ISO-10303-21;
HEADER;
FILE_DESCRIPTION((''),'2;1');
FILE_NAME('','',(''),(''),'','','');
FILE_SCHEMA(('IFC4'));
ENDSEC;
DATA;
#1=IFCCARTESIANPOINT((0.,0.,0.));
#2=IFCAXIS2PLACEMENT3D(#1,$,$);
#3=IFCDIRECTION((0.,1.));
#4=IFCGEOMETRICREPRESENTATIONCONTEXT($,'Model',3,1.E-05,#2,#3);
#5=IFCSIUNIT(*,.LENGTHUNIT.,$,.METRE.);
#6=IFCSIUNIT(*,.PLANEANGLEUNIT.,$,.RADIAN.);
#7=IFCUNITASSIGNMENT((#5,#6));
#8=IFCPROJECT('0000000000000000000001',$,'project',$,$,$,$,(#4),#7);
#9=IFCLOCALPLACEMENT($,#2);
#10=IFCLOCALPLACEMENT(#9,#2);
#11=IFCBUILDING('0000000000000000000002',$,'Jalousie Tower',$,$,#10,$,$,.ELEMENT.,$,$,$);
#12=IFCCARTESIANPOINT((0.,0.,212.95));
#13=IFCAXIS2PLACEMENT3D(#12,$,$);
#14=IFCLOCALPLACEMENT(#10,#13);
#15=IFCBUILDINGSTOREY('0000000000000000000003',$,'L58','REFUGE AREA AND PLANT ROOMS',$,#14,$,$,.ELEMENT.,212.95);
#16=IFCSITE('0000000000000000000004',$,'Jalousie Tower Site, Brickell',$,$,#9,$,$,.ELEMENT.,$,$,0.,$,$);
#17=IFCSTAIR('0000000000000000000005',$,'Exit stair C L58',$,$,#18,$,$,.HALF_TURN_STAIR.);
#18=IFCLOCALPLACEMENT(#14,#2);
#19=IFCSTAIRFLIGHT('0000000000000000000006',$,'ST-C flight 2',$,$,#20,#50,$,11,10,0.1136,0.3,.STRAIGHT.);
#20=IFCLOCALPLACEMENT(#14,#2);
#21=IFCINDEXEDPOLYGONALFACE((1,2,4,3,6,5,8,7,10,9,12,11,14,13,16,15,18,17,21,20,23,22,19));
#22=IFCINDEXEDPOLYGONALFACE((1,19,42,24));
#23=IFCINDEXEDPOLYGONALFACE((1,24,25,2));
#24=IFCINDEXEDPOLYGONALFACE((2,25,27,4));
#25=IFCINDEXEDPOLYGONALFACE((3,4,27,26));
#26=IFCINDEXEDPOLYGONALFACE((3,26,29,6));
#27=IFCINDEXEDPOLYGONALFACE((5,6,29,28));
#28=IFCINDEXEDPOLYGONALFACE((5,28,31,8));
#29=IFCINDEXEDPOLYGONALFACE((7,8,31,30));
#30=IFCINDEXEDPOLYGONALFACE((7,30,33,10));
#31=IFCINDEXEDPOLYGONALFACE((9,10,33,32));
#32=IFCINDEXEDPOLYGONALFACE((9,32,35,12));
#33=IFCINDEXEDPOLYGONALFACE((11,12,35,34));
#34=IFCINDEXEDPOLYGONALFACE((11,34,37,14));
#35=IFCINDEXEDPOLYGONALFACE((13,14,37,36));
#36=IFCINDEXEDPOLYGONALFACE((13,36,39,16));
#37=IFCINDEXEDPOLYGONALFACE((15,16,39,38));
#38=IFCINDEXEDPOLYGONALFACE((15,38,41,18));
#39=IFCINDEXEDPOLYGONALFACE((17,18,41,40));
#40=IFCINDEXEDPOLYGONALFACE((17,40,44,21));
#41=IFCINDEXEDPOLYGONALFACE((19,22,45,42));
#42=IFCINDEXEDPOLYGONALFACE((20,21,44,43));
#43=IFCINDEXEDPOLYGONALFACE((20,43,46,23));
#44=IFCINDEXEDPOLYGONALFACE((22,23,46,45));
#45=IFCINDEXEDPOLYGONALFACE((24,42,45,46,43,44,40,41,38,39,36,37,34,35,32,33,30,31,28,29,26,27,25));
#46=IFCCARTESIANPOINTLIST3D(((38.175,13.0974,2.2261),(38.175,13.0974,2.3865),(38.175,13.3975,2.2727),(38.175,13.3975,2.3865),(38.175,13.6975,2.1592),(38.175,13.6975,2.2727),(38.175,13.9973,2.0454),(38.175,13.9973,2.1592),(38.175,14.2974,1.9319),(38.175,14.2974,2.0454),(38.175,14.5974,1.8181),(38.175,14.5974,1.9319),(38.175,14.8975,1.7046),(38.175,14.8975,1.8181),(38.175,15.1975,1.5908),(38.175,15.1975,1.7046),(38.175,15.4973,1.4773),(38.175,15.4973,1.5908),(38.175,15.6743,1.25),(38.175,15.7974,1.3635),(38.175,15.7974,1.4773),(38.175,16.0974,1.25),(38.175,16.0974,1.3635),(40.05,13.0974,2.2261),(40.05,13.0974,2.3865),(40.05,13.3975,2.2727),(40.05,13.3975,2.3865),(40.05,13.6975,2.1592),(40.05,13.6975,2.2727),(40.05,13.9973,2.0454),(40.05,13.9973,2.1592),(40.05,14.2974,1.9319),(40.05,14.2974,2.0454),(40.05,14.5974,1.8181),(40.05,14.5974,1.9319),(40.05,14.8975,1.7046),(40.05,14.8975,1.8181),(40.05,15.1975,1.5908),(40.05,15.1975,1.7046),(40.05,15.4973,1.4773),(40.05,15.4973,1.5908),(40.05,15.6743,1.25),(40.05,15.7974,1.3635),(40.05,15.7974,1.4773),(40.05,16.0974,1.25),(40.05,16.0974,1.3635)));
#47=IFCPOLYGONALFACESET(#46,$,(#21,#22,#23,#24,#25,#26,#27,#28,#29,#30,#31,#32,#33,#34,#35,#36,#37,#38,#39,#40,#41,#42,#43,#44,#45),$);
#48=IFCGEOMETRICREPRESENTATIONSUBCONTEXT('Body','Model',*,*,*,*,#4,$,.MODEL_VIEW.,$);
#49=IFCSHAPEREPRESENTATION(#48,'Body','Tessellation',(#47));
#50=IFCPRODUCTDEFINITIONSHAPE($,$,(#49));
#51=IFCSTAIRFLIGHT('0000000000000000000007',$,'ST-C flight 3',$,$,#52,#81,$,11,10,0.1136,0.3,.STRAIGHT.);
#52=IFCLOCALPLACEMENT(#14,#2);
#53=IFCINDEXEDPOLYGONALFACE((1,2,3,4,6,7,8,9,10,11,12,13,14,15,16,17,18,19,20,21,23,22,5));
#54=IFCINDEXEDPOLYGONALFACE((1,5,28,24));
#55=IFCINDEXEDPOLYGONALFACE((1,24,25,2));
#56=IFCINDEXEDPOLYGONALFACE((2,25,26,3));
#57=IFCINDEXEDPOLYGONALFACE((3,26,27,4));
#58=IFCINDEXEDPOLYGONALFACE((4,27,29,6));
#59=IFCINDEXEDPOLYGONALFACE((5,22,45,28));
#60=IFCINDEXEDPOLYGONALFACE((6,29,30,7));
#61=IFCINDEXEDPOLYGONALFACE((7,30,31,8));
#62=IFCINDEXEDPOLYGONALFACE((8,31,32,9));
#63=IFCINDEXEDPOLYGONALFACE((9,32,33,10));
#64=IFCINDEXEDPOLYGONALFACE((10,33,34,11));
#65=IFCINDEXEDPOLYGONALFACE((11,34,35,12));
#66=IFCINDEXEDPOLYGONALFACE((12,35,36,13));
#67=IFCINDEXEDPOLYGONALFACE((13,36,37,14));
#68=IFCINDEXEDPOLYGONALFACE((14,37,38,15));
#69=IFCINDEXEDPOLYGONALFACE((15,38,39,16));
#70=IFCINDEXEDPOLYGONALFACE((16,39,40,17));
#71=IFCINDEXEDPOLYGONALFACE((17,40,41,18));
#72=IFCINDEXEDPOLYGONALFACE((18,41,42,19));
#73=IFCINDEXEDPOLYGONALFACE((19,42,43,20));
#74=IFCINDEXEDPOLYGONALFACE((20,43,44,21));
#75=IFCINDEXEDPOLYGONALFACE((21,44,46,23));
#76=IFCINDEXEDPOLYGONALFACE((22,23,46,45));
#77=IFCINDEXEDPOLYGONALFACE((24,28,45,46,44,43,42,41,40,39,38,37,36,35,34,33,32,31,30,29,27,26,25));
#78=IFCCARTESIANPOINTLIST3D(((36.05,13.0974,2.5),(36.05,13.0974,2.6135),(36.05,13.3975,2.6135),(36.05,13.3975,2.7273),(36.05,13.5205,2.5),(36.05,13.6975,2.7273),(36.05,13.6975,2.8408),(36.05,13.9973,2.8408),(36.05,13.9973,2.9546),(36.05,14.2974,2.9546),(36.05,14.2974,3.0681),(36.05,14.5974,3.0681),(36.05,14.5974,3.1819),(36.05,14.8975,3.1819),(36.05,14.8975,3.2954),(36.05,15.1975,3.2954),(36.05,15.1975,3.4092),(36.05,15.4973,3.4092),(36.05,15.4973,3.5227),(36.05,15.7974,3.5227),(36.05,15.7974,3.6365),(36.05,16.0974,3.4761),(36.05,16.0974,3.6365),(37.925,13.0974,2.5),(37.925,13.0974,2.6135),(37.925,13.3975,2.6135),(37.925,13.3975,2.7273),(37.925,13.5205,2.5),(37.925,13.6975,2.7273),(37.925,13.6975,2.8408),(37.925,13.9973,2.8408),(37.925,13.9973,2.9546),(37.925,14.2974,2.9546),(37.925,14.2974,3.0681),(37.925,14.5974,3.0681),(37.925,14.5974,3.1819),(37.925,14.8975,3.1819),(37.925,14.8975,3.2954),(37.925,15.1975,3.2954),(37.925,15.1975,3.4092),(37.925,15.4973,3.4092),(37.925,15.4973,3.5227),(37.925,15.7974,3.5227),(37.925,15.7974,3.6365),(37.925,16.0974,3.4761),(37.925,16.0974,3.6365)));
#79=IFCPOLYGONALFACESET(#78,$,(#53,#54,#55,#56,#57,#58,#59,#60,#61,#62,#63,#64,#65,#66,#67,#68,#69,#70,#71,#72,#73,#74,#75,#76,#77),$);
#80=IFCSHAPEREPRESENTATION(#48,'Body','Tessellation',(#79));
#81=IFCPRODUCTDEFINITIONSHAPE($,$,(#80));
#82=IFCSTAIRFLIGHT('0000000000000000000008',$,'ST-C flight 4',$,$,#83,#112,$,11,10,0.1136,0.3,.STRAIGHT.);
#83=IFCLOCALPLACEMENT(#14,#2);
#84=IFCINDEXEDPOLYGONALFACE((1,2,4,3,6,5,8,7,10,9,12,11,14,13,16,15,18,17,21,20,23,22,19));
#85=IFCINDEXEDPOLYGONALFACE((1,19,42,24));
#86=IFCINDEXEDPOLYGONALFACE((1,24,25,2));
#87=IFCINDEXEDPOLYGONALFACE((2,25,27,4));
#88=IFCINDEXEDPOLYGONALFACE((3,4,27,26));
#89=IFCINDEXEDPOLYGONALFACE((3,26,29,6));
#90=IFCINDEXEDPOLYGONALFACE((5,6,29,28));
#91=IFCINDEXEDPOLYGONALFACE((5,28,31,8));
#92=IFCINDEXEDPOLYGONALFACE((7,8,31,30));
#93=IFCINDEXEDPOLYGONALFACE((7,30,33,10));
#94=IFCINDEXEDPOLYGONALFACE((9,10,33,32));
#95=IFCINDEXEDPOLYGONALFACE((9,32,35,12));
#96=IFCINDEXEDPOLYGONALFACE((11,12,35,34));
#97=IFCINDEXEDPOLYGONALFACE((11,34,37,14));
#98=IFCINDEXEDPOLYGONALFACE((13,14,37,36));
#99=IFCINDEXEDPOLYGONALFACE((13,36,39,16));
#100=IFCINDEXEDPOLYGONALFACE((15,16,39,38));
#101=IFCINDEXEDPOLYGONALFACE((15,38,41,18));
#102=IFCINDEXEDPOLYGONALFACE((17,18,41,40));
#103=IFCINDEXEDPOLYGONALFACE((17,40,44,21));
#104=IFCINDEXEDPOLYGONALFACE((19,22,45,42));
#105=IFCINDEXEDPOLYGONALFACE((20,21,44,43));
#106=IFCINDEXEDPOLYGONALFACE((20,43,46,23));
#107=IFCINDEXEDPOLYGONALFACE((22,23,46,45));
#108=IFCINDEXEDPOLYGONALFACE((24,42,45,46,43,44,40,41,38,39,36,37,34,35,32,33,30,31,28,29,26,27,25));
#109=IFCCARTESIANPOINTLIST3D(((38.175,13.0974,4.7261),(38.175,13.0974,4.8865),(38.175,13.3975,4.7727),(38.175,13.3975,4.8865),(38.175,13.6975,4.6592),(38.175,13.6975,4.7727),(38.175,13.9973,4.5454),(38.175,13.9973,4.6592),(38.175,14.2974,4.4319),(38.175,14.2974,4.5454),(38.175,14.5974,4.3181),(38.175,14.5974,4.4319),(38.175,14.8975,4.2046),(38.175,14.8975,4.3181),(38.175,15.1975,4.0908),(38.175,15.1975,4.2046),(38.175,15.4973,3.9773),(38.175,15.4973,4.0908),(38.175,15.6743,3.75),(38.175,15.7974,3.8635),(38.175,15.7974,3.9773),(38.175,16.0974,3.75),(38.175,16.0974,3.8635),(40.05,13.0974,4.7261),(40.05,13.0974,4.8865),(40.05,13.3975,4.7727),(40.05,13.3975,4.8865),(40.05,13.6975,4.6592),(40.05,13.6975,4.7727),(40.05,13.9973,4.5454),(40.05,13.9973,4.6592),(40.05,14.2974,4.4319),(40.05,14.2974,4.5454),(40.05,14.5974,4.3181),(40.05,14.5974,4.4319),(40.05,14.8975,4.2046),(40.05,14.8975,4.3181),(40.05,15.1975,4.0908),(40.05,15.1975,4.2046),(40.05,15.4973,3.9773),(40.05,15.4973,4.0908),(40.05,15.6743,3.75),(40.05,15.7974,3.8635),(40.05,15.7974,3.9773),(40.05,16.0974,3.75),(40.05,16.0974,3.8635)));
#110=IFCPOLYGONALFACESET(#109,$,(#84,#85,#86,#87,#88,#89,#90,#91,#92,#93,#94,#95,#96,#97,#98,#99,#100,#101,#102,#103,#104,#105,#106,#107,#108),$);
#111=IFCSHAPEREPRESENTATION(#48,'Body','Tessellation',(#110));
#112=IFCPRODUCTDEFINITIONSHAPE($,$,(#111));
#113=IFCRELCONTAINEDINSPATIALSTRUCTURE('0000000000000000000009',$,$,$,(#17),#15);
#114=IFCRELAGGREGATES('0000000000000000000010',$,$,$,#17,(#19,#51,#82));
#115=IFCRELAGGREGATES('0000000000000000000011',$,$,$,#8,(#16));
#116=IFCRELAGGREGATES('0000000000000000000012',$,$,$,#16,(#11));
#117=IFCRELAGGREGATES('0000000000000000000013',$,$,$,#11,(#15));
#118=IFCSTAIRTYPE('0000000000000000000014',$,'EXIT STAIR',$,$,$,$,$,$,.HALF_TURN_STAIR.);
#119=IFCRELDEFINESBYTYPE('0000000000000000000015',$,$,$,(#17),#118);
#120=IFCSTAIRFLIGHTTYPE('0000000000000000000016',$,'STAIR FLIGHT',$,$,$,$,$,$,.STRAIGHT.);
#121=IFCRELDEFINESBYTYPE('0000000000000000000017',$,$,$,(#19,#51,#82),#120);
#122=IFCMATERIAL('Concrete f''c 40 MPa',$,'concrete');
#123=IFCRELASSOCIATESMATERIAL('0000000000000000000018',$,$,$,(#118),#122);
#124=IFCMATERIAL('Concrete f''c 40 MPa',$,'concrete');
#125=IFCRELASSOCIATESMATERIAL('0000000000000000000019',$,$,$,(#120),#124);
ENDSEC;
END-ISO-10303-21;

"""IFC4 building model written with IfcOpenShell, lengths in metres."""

from ifc_helpers import new_model, si_unit, direction, frame, origin, place, context, subcontext, project, spatial, polyline, outline, extrude, material, type_object, element, aggregate, save


model = new_model("IFC4")

# Units and contexts
model_context = context("Model", 3, precision=1e-05, world=origin(), true_north=direction((0.0, 1.0)))
body_context = subcontext(model_context, "Body", "Model", "MODEL_VIEW")
ifc_project = project(units=[si_unit("LENGTHUNIT", "METRE"), si_unit("PLANEANGLEUNIT", "RADIAN")], contexts=[model_context])

# Site, building, storey
site_placement = place(None, origin())
site = spatial("IfcSite", under=ifc_project, at=site_placement, Name="Jalousie Tower Site, Brickell", CompositionType="ELEMENT", RefElevation=0.0)
building_placement = place(site_placement, origin())
building = spatial("IfcBuilding", under=site, at=building_placement, Name="Jalousie Tower", CompositionType="ELEMENT")
storey_placement = place(building_placement, frame((0.0, 0.0, 212.95)))
storey = spatial("IfcBuildingStorey", under=building, at=storey_placement, Name="L58", Description="REFUGE AREA AND PLANT ROOMS", CompositionType="ELEMENT", Elevation=212.95)

# Stair, stair flights
ifc_material_1 = material(Name="Concrete f'c 40 MPa", Category="concrete")
stair_type = type_object("IfcStairType", Name="EXIT STAIR", PredefinedType="HALF_TURN_STAIR", material=ifc_material_1)
stair_placement = place(storey_placement, origin())
stair = element("IfcStair", 1, at=stair_placement, inside=storey, type_object=stair_type, Name="Exit stair C L58", PredefinedType="HALF_TURN_STAIR")
ifc_material_2 = material(Name="Concrete f'c 40 MPa", Category="concrete")
stair_flight_type = type_object("IfcStairFlightType", Name="STAIR FLIGHT", PredefinedType="STRAIGHT", material=ifc_material_2)
stair_flight_1_placement = place(storey_placement, frame((39.1125, 16.0974, 1.25), z_axis=(0.0, 0.0, 1.0), x_axis=(0.0, -1.0, 0.0)))
stair_flight_1 = element("IfcStairFlight", 2, at=stair_flight_1_placement, type_object=stair_flight_type, Name="ST-C flight 2", NumberOfRisers=11, NumberOfTreads=10, PredefinedType="STRAIGHT", RiserHeight=0.1136, TreadLength=0.3, context=body_context, shape_type="SweptSolid", body=[
    extrude(outline(polyline([(0.0, 0.0), (0.0, 0.1135), (0.3, 0.1135), (0.3, 0.2273), (0.6001, 0.2273), (0.6001, 0.3408), (0.8999, 0.3408), (0.8999, 0.4546), (1.2, 0.4546), (1.2, 0.5681), (1.5, 0.5681), (1.5, 0.6819), (1.8, 0.6819), (1.8, 0.7954), (2.1001, 0.7954), (2.1001, 0.9092), (2.3999, 0.9092), (2.3999, 1.0227), (2.7, 1.0227), (2.7, 1.1365), (3.0, 1.1365), (3.0, 1.25), (3.0, 0.9761), (0.4231, 0.0), (0.0, 0.0)])), frame((0.0, 0.9375, 0.0), z_axis=(0.0, -1.0, 0.0), x_axis=(1.0, 0.0, 0.0)), (0.0, 0.0, 1.0), 1.875),
])
stair_flight_2_placement = place(storey_placement, frame((36.9875, 13.0974, 2.5), z_axis=(0.0, 0.0, 1.0), x_axis=(0.0, 1.0, 0.0)))
stair_flight_2 = element("IfcStairFlight", 3, at=stair_flight_2_placement, type_object=stair_flight_type, Name="ST-C flight 3", NumberOfRisers=11, NumberOfTreads=10, PredefinedType="STRAIGHT", RiserHeight=0.1136, TreadLength=0.3, context=body_context, shape_type="SweptSolid", body=[
    extrude(outline(polyline([(0.0, 0.0), (0.0, 0.1135), (0.3, 0.1135), (0.3, 0.2273), (0.6001, 0.2273), (0.6001, 0.3408), (0.8999, 0.3408), (0.8999, 0.4546), (1.2, 0.4546), (1.2, 0.5681), (1.5, 0.5681), (1.5, 0.6819), (1.8, 0.6819), (1.8, 0.7954), (2.1001, 0.7954), (2.1001, 0.9092), (2.3999, 0.9092), (2.3999, 1.0227), (2.7, 1.0227), (2.7, 1.1365), (3.0, 1.1365), (3.0, 1.25), (3.0, 0.9761), (0.4231, 0.0), (0.0, 0.0)])), frame((0.0, 0.9375, 0.0), z_axis=(0.0, -1.0, 0.0), x_axis=(1.0, 0.0, 0.0)), (0.0, 0.0, 1.0), 1.875),
])
stair_flight_3_placement = place(storey_placement, frame((39.1125, 16.0974, 3.75), z_axis=(0.0, 0.0, 1.0), x_axis=(0.0, -1.0, 0.0)))
stair_flight_3 = element("IfcStairFlight", 4, at=stair_flight_3_placement, type_object=stair_flight_type, Name="ST-C flight 4", NumberOfRisers=11, NumberOfTreads=10, PredefinedType="STRAIGHT", RiserHeight=0.1136, TreadLength=0.3, context=body_context, shape_type="SweptSolid", body=[
    extrude(outline(polyline([(0.0, 0.0), (0.0, 0.1135), (0.3, 0.1135), (0.3, 0.2273), (0.6001, 0.2273), (0.6001, 0.3408), (0.8999, 0.3408), (0.8999, 0.4546), (1.2, 0.4546), (1.2, 0.5681), (1.5, 0.5681), (1.5, 0.6819), (1.8, 0.6819), (1.8, 0.7954), (2.1001, 0.7954), (2.1001, 0.9092), (2.3999, 0.9092), (2.3999, 1.0227), (2.7, 1.0227), (2.7, 1.1365), (3.0, 1.1365), (3.0, 1.25), (3.0, 0.9761), (0.4231, 0.0), (0.0, 0.0)])), frame((0.0, 0.9375, 0.0), z_axis=(0.0, -1.0, 0.0), x_axis=(1.0, 0.0, 0.0)), (0.0, 0.0, 1.0), 1.875),
])
aggregate(stair, [stair_flight_1, stair_flight_2, stair_flight_3])

save(model, "model.ifc")
